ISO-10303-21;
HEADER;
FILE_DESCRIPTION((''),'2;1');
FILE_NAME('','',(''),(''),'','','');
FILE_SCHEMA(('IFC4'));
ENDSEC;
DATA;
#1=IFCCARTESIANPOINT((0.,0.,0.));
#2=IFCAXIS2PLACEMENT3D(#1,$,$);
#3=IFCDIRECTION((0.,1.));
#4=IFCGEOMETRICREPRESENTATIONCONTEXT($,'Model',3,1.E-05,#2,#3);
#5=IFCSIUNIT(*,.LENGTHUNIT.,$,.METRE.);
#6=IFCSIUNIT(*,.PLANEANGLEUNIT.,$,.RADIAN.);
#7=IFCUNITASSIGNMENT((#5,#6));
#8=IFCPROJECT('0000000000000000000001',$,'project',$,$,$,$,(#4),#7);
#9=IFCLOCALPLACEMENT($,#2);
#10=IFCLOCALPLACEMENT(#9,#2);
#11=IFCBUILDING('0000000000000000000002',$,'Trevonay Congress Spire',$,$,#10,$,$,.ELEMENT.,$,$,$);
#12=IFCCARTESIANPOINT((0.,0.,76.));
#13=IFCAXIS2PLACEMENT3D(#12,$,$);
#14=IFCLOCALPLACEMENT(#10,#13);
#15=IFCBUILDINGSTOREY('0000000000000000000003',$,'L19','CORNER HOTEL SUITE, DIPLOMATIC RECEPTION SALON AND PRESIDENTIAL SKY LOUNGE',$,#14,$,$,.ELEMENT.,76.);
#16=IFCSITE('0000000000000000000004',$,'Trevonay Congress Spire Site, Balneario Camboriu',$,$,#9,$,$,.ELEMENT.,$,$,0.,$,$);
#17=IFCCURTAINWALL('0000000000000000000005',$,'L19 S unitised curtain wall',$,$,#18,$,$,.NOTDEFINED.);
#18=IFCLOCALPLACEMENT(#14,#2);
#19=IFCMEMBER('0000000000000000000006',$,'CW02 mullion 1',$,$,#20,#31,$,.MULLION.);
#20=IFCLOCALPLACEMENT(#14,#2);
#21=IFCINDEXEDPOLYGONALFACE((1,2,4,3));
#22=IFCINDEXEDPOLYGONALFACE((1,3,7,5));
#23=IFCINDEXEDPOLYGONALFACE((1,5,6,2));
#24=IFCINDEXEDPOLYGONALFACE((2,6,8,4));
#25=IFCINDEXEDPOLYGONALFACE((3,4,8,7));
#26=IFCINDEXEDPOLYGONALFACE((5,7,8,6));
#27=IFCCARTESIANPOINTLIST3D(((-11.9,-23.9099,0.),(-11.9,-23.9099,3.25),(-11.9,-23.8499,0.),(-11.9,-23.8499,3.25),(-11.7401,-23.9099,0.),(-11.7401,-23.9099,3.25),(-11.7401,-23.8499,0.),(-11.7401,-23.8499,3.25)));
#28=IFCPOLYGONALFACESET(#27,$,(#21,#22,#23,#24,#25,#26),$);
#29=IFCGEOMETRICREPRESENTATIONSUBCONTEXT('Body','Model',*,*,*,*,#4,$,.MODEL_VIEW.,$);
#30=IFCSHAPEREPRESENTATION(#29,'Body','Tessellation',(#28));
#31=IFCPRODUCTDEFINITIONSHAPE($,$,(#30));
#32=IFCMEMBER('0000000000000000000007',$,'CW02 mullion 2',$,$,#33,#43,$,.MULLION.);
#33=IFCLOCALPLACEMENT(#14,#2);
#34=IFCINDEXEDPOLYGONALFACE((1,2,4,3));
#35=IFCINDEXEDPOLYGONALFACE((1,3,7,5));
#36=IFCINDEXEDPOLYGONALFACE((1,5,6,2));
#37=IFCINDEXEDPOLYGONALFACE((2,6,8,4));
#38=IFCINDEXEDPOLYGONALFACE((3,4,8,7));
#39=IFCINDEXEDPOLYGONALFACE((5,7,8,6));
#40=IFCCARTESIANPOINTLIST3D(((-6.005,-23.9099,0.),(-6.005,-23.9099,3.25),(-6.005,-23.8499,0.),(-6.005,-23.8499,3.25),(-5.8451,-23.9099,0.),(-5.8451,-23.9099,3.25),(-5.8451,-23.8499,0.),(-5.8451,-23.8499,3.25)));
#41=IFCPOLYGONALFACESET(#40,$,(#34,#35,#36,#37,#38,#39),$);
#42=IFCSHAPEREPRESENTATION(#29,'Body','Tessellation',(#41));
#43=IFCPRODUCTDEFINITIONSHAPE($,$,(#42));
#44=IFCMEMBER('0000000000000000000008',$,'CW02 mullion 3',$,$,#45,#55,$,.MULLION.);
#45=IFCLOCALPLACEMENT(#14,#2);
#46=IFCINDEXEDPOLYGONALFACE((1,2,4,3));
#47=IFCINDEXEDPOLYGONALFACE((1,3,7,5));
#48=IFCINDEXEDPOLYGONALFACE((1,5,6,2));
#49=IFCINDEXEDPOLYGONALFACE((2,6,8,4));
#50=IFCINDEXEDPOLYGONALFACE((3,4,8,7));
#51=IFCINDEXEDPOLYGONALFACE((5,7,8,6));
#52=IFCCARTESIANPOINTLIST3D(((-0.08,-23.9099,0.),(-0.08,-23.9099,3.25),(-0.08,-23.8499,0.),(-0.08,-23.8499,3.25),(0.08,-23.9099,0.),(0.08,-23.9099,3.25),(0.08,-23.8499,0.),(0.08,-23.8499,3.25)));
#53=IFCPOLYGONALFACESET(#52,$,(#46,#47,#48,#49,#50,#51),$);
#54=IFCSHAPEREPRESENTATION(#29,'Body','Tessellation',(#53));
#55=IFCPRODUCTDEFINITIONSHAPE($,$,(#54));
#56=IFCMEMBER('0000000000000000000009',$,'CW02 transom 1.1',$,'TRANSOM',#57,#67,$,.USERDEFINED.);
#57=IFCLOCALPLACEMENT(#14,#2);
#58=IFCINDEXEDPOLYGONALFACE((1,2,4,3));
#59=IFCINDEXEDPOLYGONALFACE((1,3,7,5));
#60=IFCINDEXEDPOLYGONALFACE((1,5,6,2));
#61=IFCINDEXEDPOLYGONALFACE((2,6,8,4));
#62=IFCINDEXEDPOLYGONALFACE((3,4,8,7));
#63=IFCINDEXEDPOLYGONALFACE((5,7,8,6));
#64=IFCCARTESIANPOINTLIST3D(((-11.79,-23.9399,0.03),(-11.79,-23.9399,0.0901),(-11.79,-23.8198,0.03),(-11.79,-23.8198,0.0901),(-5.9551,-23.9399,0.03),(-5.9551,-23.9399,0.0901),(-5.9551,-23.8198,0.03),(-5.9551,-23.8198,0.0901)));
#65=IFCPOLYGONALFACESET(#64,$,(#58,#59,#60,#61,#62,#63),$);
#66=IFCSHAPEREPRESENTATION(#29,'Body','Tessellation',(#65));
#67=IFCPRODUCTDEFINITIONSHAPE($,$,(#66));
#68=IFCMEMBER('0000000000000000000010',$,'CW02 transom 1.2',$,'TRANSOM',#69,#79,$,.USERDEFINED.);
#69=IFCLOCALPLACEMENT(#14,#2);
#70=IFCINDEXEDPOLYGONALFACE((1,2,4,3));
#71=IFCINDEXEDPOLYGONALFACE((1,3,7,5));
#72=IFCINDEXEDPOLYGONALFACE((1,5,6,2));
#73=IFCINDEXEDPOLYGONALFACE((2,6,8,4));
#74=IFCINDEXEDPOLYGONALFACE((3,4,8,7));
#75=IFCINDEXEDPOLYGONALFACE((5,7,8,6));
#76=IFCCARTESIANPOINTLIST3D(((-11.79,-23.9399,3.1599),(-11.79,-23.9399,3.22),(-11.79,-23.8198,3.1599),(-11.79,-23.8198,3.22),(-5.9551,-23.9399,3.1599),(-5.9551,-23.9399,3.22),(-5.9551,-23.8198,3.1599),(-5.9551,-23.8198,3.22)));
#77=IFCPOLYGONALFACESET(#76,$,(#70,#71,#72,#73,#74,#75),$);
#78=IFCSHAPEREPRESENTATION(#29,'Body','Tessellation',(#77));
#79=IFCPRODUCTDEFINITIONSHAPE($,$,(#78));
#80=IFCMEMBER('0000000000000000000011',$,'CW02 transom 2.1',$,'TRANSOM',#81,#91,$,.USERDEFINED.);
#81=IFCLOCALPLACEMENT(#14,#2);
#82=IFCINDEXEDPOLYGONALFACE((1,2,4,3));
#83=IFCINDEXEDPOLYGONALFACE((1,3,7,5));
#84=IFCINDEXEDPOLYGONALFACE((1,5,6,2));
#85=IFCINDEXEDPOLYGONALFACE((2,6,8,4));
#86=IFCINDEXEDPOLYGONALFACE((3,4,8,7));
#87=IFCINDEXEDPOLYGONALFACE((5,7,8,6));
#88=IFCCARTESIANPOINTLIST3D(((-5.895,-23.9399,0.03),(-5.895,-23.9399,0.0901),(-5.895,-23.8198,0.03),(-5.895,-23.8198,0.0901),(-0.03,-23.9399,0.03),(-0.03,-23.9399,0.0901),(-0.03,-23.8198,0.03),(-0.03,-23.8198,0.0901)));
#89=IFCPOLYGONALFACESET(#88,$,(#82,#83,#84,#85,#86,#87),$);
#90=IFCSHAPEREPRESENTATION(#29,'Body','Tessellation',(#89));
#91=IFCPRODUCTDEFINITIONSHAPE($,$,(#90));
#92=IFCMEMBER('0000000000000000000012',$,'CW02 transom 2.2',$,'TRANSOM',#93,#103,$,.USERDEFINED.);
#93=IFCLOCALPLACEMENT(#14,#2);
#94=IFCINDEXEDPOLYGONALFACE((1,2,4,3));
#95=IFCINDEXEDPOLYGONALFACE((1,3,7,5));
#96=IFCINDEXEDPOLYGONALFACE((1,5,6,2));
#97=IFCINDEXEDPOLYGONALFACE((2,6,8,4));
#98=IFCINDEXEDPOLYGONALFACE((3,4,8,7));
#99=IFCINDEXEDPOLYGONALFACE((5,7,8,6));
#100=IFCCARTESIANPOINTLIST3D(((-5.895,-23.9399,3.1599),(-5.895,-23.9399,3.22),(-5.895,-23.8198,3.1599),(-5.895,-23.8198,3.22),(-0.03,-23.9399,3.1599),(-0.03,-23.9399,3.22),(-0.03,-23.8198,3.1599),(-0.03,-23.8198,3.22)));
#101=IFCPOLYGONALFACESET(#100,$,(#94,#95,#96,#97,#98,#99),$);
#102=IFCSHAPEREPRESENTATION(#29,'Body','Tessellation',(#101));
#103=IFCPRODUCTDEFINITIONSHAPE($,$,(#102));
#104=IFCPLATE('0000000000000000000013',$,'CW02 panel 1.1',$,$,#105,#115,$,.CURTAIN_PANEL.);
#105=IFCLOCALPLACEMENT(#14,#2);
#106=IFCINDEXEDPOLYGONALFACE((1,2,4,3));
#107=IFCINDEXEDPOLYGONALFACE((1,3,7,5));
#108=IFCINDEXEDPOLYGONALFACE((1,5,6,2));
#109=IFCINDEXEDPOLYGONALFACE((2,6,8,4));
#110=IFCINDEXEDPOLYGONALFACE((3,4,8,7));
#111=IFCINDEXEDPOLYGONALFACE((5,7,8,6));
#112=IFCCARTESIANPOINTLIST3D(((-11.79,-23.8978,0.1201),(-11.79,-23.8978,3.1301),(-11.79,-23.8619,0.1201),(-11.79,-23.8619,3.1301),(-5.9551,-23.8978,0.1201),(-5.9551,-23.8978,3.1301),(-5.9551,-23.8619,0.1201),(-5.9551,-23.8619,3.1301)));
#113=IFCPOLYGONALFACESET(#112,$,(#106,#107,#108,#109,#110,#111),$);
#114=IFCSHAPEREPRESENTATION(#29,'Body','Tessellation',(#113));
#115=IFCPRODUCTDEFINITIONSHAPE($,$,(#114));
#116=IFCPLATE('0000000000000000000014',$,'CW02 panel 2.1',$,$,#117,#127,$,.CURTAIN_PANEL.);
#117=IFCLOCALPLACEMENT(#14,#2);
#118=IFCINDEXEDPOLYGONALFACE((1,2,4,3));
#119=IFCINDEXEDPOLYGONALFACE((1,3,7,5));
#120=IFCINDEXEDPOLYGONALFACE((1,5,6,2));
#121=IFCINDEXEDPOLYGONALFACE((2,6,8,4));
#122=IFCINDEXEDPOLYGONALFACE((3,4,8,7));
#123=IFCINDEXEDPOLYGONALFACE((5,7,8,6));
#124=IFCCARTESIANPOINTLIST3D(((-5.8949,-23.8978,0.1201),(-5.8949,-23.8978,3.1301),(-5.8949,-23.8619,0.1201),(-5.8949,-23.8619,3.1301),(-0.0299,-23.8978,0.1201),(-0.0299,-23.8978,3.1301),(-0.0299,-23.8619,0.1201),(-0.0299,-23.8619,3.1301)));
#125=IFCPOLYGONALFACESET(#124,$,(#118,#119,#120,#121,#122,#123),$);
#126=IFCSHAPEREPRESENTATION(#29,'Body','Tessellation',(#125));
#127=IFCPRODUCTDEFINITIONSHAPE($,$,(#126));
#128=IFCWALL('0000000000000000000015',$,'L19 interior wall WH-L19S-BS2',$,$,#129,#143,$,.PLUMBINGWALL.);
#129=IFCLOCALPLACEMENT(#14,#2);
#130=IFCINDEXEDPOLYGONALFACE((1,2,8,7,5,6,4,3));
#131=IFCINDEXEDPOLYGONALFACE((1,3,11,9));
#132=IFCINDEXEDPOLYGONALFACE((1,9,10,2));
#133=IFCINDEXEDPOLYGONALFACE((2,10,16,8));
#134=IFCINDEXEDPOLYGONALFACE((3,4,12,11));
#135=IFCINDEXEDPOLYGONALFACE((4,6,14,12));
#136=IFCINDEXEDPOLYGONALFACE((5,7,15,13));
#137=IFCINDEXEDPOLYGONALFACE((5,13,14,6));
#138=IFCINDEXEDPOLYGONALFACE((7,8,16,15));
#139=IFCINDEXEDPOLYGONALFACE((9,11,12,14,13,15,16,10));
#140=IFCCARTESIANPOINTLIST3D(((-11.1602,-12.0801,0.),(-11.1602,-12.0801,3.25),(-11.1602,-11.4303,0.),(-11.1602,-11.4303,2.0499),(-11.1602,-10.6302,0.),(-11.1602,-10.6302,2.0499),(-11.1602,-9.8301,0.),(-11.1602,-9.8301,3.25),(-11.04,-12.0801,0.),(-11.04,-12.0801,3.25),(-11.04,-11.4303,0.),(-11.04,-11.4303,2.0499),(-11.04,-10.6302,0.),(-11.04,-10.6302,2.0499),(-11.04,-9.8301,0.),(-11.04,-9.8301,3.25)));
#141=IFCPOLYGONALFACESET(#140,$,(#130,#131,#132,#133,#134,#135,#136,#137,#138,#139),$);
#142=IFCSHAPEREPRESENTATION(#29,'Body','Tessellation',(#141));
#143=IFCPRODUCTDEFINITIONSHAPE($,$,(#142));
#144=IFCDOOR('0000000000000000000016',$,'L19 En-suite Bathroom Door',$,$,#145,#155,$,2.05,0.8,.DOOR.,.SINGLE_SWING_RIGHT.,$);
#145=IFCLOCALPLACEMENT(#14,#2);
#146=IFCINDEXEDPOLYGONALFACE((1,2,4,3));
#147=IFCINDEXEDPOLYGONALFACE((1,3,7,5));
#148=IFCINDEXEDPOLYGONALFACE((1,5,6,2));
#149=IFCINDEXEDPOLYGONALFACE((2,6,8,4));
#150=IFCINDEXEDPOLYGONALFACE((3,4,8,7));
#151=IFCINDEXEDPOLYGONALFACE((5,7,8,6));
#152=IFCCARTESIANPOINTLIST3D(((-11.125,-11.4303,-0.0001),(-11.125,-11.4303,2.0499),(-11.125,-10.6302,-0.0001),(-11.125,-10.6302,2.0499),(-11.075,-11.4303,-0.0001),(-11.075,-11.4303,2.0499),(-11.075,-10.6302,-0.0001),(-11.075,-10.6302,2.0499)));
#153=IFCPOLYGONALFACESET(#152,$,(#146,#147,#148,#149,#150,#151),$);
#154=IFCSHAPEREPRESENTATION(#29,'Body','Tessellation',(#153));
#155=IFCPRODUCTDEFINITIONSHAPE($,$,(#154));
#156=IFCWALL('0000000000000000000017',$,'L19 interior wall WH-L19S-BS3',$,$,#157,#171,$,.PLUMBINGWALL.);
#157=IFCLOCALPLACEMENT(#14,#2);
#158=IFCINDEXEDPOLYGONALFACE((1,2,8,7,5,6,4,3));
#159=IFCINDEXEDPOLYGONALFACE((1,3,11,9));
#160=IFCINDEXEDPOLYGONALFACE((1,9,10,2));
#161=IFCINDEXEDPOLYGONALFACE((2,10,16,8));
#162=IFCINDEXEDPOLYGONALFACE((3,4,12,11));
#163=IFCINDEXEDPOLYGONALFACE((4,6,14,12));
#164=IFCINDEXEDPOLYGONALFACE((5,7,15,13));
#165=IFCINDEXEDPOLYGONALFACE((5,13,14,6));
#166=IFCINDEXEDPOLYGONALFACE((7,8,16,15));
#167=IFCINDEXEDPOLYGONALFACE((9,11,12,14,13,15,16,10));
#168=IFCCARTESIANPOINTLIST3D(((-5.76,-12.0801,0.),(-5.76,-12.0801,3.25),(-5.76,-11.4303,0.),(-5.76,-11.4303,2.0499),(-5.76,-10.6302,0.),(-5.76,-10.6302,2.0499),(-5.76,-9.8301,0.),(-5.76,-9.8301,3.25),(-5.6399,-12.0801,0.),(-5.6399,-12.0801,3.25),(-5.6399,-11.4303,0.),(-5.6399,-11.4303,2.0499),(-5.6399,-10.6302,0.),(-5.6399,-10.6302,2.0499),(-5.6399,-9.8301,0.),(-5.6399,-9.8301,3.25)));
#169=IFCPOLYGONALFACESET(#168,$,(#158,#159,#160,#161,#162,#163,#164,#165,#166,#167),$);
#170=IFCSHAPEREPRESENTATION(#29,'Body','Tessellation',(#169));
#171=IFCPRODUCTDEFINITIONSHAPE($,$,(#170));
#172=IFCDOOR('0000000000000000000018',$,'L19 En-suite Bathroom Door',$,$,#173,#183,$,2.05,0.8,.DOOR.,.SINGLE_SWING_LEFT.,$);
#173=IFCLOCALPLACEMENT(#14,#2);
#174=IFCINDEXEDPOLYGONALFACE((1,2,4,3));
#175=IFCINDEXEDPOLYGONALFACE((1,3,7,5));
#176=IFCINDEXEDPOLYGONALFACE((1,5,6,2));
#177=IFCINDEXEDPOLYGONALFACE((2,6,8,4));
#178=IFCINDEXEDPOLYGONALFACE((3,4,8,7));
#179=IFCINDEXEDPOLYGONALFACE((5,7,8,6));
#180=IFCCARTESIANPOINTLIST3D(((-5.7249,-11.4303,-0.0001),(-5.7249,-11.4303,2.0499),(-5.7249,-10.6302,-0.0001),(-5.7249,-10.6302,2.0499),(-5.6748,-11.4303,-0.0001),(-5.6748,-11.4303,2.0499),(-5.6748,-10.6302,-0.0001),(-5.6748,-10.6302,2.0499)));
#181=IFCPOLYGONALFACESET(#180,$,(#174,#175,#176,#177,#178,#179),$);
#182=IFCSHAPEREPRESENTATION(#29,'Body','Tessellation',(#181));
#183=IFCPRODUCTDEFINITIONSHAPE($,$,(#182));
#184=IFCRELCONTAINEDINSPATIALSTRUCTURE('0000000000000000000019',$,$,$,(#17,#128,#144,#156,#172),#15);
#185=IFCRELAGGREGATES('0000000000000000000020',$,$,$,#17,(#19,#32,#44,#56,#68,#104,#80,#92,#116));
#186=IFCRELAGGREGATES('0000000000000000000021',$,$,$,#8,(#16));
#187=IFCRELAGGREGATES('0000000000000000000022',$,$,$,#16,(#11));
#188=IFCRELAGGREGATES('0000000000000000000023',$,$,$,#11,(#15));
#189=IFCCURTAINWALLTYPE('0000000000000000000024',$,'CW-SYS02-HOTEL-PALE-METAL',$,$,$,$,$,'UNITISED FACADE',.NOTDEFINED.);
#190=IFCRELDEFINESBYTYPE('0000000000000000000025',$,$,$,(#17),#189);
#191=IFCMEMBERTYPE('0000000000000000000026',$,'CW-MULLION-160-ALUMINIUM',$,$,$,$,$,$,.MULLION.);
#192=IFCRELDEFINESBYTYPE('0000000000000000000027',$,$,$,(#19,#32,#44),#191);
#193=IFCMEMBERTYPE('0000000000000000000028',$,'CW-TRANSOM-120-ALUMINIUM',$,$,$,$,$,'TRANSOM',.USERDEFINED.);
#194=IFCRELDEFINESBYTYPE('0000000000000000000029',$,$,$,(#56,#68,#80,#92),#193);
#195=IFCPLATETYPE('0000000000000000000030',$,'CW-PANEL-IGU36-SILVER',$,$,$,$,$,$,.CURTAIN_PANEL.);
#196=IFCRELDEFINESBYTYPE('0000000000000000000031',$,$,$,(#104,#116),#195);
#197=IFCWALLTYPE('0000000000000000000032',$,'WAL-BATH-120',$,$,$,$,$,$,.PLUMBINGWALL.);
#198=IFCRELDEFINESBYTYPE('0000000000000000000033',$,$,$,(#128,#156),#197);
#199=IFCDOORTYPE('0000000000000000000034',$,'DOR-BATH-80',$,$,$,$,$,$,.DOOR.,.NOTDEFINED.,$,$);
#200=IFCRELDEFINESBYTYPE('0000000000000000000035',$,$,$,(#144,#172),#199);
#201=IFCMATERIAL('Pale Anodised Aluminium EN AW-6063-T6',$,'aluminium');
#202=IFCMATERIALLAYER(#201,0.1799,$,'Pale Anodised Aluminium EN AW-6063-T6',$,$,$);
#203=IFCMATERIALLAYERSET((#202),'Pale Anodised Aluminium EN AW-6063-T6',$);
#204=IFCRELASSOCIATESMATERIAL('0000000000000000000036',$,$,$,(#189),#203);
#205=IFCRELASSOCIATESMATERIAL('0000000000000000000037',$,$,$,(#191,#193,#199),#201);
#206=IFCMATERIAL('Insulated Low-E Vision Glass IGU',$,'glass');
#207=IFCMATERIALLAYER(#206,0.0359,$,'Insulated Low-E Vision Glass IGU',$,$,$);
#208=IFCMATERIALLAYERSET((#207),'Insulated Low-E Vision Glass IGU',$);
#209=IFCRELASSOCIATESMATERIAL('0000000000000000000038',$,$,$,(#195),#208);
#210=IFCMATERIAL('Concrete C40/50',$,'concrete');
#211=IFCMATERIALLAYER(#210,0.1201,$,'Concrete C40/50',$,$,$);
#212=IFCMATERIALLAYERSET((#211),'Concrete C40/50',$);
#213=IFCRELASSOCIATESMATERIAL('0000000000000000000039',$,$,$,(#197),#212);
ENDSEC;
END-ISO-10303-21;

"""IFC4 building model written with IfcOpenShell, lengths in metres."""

from ifc_helpers import new_model, si_unit, direction, frame, frame_2d, origin, origin_2d, place, context, subcontext, project, spatial, rectangle, extrude, material, layer, layer_set, material_profile, profile_set, type_object, element, fill, aggregate, save


model = new_model("IFC4")

# Units and contexts
model_context = context("Model", 3, precision=1e-05, world=origin(), true_north=direction((0.0, 1.0)))
body_context = subcontext(model_context, "Body", "Model", "MODEL_VIEW")
ifc_project = project(units=[si_unit("LENGTHUNIT", "METRE"), si_unit("PLANEANGLEUNIT", "RADIAN")], contexts=[model_context])

# Site, building, storey
site_placement = place(None, origin())
site = spatial("IfcSite", under=ifc_project, at=site_placement, Name="Trevonay Congress Spire Site, Balneario Camboriu", CompositionType="ELEMENT", RefElevation=0.0)
building_placement = place(site_placement, origin())
building = spatial("IfcBuilding", under=site, at=building_placement, Name="Trevonay Congress Spire", CompositionType="ELEMENT")
storey_placement = place(building_placement, frame((0.0, 0.0, 76.0)))
storey = spatial("IfcBuildingStorey", under=building, at=storey_placement, Name="L19", Description="CORNER HOTEL SUITE, DIPLOMATIC RECEPTION SALON AND PRESIDENTIAL SKY LOUNGE", CompositionType="ELEMENT", Elevation=76.0)

# Curtain wall, members, plates
ifc_material_1 = material(Name="Pale Anodised Aluminium EN AW-6063-T6", Category="aluminium")
ifc_layer_1 = layer(ifc_material_1, 0.1799, Name="Pale Anodised Aluminium EN AW-6063-T6")
ifc_layer_set_1 = layer_set([ifc_layer_1], Name="Pale Anodised Aluminium EN AW-6063-T6")
curtain_wall_type = type_object("IfcCurtainWallType", Name="CW-SYS02-HOTEL-PALE-METAL", ElementType="UNITISED FACADE", PredefinedType="NOTDEFINED", material=ifc_layer_set_1)
curtain_wall_placement = place(storey_placement, origin())
curtain_wall = element("IfcCurtainWall", 1, at=curtain_wall_placement, inside=storey, type_object=curtain_wall_type, Name="L19 S unitised curtain wall", PredefinedType="NOTDEFINED")
ifc_material_profile_1 = material_profile(ifc_material_1, rectangle(XDim=0.0601, YDim=0.1599, at=origin_2d()), Name="CW-MULLION-160-ALUMINIUM")
ifc_profile_set_1 = profile_set([ifc_material_profile_1], Name="Pale Anodised Aluminium EN AW-6063-T6")
member_type_1 = type_object("IfcMemberType", Name="CW-MULLION-160-ALUMINIUM", PredefinedType="MULLION", material=ifc_profile_set_1)
member_1_placement = place(storey_placement, frame((-11.8201, -23.8799, 0.0), z_axis=(0.0, 0.0, 1.0), x_axis=(0.0, 1.0, 0.0)))
member_1 = element("IfcMember", 2, at=member_1_placement, type_object=member_type_1, Name="CW02 mullion 1", PredefinedType="MULLION", context=body_context, shape_type="SweptSolid", body=[
    extrude(rectangle(XDim=0.0601, YDim=0.1599, at=origin_2d()), origin(), (0.0, 0.0, 1.0), 3.25),
])
member_2_placement = place(storey_placement, frame((-5.925, -23.8799, 0.0), z_axis=(0.0, 0.0, 1.0), x_axis=(0.0, 1.0, 0.0)))
member_2 = element("IfcMember", 3, at=member_2_placement, type_object=member_type_1, Name="CW02 mullion 2", PredefinedType="MULLION", context=body_context, shape_type="SweptSolid", body=[
    extrude(rectangle(XDim=0.0601, YDim=0.1599, at=origin_2d()), origin(), (0.0, 0.0, 1.0), 3.25),
])
member_3_placement = place(storey_placement, frame((0.0, -23.8799, 0.0), z_axis=(0.0, 0.0, 1.0), x_axis=(0.0, 1.0, 0.0)))
member_3 = element("IfcMember", 4, at=member_3_placement, type_object=member_type_1, Name="CW02 mullion 3", PredefinedType="MULLION", context=body_context, shape_type="SweptSolid", body=[
    extrude(rectangle(XDim=0.0601, YDim=0.1599, at=origin_2d()), origin(), (0.0, 0.0, 1.0), 3.25),
])
ifc_material_profile_2 = material_profile(ifc_material_1, rectangle(XDim=0.1201, YDim=0.0601, at=origin_2d()), Name="CW-TRANSOM-120-ALUMINIUM")
ifc_profile_set_2 = profile_set([ifc_material_profile_2], Name="Pale Anodised Aluminium EN AW-6063-T6")
member_type_2 = type_object("IfcMemberType", Name="CW-TRANSOM-120-ALUMINIUM", ElementType="TRANSOM", PredefinedType="USERDEFINED", material=ifc_profile_set_2)
member_4_placement = place(storey_placement, frame((-11.79, -23.8799, 0.0601), z_axis=(1.0, 0.0, 0.0), x_axis=(0.0, 1.0, 0.0)))
member_4 = element("IfcMember", 5, at=member_4_placement, type_object=member_type_2, Name="CW02 transom 1.1", ObjectType="TRANSOM", PredefinedType="USERDEFINED", context=body_context, shape_type="SweptSolid", body=[
    extrude(rectangle(XDim=0.1201, YDim=0.0601, at=origin_2d()), origin(), (0.0, 0.0, 1.0), 5.835),
])
member_5_placement = place(storey_placement, frame((-11.79, -23.8799, 3.1899), z_axis=(1.0, 0.0, 0.0), x_axis=(0.0, 1.0, 0.0)))
member_5 = element("IfcMember", 6, at=member_5_placement, type_object=member_type_2, Name="CW02 transom 1.2", ObjectType="TRANSOM", PredefinedType="USERDEFINED", context=body_context, shape_type="SweptSolid", body=[
    extrude(rectangle(XDim=0.1201, YDim=0.0601, at=origin_2d()), origin(), (0.0, 0.0, 1.0), 5.835),
])
member_6_placement = place(storey_placement, frame((-5.895, -23.8799, 0.0601), z_axis=(1.0, 0.0, 0.0), x_axis=(0.0, 1.0, 0.0)))
member_6 = element("IfcMember", 7, at=member_6_placement, type_object=member_type_2, Name="CW02 transom 2.1", ObjectType="TRANSOM", PredefinedType="USERDEFINED", context=body_context, shape_type="SweptSolid", body=[
    extrude(rectangle(XDim=0.1201, YDim=0.0601, at=origin_2d()), origin(), (0.0, 0.0, 1.0), 5.865),
])
member_7_placement = place(storey_placement, frame((-5.895, -23.8799, 3.1899), z_axis=(1.0, 0.0, 0.0), x_axis=(0.0, 1.0, 0.0)))
member_7 = element("IfcMember", 8, at=member_7_placement, type_object=member_type_2, Name="CW02 transom 2.2", ObjectType="TRANSOM", PredefinedType="USERDEFINED", context=body_context, shape_type="SweptSolid", body=[
    extrude(rectangle(XDim=0.1201, YDim=0.0601, at=origin_2d()), origin(), (0.0, 0.0, 1.0), 5.865),
])
ifc_material_2 = material(Name="Insulated Low-E Vision Glass IGU", Category="glass")
ifc_layer_2 = layer(ifc_material_2, 0.0359, Name="Insulated Low-E Vision Glass IGU")
ifc_layer_set_2 = layer_set([ifc_layer_2], Name="Insulated Low-E Vision Glass IGU")
plate_type = type_object("IfcPlateType", Name="CW-PANEL-IGU36-SILVER", PredefinedType="CURTAIN_PANEL", material=ifc_layer_set_2)
plate_1_placement = place(storey_placement, frame((-8.8726, -23.8799, 0.1201), z_axis=(0.0, 0.0, 1.0), x_axis=(1.0, 0.0, 0.0)))
plate_1 = element("IfcPlate", 9, at=plate_1_placement, type_object=plate_type, Name="CW02 panel 1.1", PredefinedType="CURTAIN_PANEL", context=body_context, shape_type="SweptSolid", body=[
    extrude(rectangle(XDim=5.835, YDim=0.0359, at=origin_2d()), origin(), (0.0, 0.0, 1.0), 3.01),
])
plate_2_placement = place(storey_placement, frame((-2.9624, -23.8799, 0.1201), z_axis=(0.0, 0.0, 1.0), x_axis=(1.0, 0.0, 0.0)))
plate_2 = element("IfcPlate", 10, at=plate_2_placement, type_object=plate_type, Name="CW02 panel 2.1", PredefinedType="CURTAIN_PANEL", context=body_context, shape_type="SweptSolid", body=[
    extrude(rectangle(XDim=5.865, YDim=0.0359, at=origin_2d()), origin(), (0.0, 0.0, 1.0), 3.01),
])
aggregate(curtain_wall, [member_1, member_2, member_3, member_4, member_5, plate_1, member_6, member_7, plate_2])

# Walls, openings, doors
ifc_material_3 = material(Name="Concrete C40/50", Category="concrete")
ifc_layer_3 = layer(ifc_material_3, 0.1201, Name="Concrete C40/50")
ifc_layer_set_3 = layer_set([ifc_layer_3], Name="Concrete C40/50")
wall_type_1 = type_object("IfcWallType", Name="WAL-BATH-120", PredefinedType="PLUMBINGWALL", material=ifc_layer_set_3)
wall_1_placement = place(storey_placement, frame((-11.1001, -12.0801, 0.0), z_axis=(0.0, 0.0, 1.0), x_axis=(0.0, 1.0, 0.0)))
wall_1 = element("IfcWall", 11, at=wall_1_placement, inside=storey, type_object=wall_type_1, Name="L19 interior wall WH-L19S-BS2", PredefinedType="PLUMBINGWALL", context=body_context, shape_type="SweptSolid", body=[
    extrude(rectangle(XDim=2.25, YDim=0.1201, at=frame_2d((1.125, 0.0))), origin(), (0.0, 0.0, 1.0), 3.25),
])
opening_1_placement = place(wall_1_placement, frame((0.6499, 0.0, 0.0)))
opening_1 = element("IfcOpeningElement", 12, at=opening_1_placement, cuts=wall_1, PredefinedType="OPENING", context=body_context, shape_type="SweptSolid", body=[
    extrude(rectangle(XDim=0.8, YDim=2.05, at=frame_2d((0.3999, 1.0249))), frame((0.0, 0.0701, 0.0), z_axis=(0.0, -1.0, 0.0), x_axis=(1.0, 0.0, 0.0)), (0.0, 0.0, 1.0), 0.1401),
])
door_type_1 = type_object("IfcDoorType", Name="DOR-BATH-80", OperationType="NOTDEFINED", PredefinedType="DOOR", material=ifc_material_1)
door_1_placement = place(opening_1_placement, origin())
door_1 = element("IfcDoor", 13, at=door_1_placement, inside=storey, type_object=door_type_1, Name="L19 En-suite Bathroom Door", OperationType="SINGLE_SWING_RIGHT", OverallHeight=2.05, OverallWidth=0.8, PredefinedType="DOOR", context=body_context, shape_type="SweptSolid", body=[
    extrude(rectangle(XDim=0.8, YDim=2.05, at=frame_2d((0.3999, 1.0249))), frame((0.0, 0.0249, 0.0), z_axis=(0.0, -1.0, 0.0), x_axis=(1.0, 0.0, 0.0)), (0.0, 0.0, 1.0), 0.05),
])
fill(opening_1, door_1)
wall_2_placement = place(storey_placement, frame((-5.7, -12.0801, 0.0), z_axis=(0.0, 0.0, 1.0), x_axis=(0.0, 1.0, 0.0)))
wall_2 = element("IfcWall", 14, at=wall_2_placement, inside=storey, type_object=wall_type_1, Name="L19 interior wall WH-L19S-BS3", PredefinedType="PLUMBINGWALL", context=body_context, shape_type="SweptSolid", body=[
    extrude(rectangle(XDim=2.25, YDim=0.1201, at=frame_2d((1.125, 0.0))), origin(), (0.0, 0.0, 1.0), 3.25),
])
opening_2_placement = place(wall_2_placement, frame((0.6499, 0.0, 0.0)))
opening_2 = element("IfcOpeningElement", 15, at=opening_2_placement, cuts=wall_2, PredefinedType="OPENING", context=body_context, shape_type="SweptSolid", body=[
    extrude(rectangle(XDim=0.8, YDim=2.05, at=frame_2d((0.3999, 1.0249))), frame((0.0, 0.0701, 0.0), z_axis=(0.0, -1.0, 0.0), x_axis=(1.0, 0.0, 0.0)), (0.0, 0.0, 1.0), 0.1401),
])
door_2_placement = place(opening_2_placement, origin())
door_2 = element("IfcDoor", 16, at=door_2_placement, inside=storey, type_object=door_type_1, Name="L19 En-suite Bathroom Door", OperationType="SINGLE_SWING_LEFT", OverallHeight=2.05, OverallWidth=0.8, PredefinedType="DOOR", context=body_context, shape_type="SweptSolid", body=[
    extrude(rectangle(XDim=0.8, YDim=2.05, at=frame_2d((0.3999, 1.0249))), frame((0.0, 0.0249, 0.0), z_axis=(0.0, -1.0, 0.0), x_axis=(1.0, 0.0, 0.0)), (0.0, 0.0, 1.0), 0.05),
])
fill(opening_2, door_2)

save(model, "model.ifc")
